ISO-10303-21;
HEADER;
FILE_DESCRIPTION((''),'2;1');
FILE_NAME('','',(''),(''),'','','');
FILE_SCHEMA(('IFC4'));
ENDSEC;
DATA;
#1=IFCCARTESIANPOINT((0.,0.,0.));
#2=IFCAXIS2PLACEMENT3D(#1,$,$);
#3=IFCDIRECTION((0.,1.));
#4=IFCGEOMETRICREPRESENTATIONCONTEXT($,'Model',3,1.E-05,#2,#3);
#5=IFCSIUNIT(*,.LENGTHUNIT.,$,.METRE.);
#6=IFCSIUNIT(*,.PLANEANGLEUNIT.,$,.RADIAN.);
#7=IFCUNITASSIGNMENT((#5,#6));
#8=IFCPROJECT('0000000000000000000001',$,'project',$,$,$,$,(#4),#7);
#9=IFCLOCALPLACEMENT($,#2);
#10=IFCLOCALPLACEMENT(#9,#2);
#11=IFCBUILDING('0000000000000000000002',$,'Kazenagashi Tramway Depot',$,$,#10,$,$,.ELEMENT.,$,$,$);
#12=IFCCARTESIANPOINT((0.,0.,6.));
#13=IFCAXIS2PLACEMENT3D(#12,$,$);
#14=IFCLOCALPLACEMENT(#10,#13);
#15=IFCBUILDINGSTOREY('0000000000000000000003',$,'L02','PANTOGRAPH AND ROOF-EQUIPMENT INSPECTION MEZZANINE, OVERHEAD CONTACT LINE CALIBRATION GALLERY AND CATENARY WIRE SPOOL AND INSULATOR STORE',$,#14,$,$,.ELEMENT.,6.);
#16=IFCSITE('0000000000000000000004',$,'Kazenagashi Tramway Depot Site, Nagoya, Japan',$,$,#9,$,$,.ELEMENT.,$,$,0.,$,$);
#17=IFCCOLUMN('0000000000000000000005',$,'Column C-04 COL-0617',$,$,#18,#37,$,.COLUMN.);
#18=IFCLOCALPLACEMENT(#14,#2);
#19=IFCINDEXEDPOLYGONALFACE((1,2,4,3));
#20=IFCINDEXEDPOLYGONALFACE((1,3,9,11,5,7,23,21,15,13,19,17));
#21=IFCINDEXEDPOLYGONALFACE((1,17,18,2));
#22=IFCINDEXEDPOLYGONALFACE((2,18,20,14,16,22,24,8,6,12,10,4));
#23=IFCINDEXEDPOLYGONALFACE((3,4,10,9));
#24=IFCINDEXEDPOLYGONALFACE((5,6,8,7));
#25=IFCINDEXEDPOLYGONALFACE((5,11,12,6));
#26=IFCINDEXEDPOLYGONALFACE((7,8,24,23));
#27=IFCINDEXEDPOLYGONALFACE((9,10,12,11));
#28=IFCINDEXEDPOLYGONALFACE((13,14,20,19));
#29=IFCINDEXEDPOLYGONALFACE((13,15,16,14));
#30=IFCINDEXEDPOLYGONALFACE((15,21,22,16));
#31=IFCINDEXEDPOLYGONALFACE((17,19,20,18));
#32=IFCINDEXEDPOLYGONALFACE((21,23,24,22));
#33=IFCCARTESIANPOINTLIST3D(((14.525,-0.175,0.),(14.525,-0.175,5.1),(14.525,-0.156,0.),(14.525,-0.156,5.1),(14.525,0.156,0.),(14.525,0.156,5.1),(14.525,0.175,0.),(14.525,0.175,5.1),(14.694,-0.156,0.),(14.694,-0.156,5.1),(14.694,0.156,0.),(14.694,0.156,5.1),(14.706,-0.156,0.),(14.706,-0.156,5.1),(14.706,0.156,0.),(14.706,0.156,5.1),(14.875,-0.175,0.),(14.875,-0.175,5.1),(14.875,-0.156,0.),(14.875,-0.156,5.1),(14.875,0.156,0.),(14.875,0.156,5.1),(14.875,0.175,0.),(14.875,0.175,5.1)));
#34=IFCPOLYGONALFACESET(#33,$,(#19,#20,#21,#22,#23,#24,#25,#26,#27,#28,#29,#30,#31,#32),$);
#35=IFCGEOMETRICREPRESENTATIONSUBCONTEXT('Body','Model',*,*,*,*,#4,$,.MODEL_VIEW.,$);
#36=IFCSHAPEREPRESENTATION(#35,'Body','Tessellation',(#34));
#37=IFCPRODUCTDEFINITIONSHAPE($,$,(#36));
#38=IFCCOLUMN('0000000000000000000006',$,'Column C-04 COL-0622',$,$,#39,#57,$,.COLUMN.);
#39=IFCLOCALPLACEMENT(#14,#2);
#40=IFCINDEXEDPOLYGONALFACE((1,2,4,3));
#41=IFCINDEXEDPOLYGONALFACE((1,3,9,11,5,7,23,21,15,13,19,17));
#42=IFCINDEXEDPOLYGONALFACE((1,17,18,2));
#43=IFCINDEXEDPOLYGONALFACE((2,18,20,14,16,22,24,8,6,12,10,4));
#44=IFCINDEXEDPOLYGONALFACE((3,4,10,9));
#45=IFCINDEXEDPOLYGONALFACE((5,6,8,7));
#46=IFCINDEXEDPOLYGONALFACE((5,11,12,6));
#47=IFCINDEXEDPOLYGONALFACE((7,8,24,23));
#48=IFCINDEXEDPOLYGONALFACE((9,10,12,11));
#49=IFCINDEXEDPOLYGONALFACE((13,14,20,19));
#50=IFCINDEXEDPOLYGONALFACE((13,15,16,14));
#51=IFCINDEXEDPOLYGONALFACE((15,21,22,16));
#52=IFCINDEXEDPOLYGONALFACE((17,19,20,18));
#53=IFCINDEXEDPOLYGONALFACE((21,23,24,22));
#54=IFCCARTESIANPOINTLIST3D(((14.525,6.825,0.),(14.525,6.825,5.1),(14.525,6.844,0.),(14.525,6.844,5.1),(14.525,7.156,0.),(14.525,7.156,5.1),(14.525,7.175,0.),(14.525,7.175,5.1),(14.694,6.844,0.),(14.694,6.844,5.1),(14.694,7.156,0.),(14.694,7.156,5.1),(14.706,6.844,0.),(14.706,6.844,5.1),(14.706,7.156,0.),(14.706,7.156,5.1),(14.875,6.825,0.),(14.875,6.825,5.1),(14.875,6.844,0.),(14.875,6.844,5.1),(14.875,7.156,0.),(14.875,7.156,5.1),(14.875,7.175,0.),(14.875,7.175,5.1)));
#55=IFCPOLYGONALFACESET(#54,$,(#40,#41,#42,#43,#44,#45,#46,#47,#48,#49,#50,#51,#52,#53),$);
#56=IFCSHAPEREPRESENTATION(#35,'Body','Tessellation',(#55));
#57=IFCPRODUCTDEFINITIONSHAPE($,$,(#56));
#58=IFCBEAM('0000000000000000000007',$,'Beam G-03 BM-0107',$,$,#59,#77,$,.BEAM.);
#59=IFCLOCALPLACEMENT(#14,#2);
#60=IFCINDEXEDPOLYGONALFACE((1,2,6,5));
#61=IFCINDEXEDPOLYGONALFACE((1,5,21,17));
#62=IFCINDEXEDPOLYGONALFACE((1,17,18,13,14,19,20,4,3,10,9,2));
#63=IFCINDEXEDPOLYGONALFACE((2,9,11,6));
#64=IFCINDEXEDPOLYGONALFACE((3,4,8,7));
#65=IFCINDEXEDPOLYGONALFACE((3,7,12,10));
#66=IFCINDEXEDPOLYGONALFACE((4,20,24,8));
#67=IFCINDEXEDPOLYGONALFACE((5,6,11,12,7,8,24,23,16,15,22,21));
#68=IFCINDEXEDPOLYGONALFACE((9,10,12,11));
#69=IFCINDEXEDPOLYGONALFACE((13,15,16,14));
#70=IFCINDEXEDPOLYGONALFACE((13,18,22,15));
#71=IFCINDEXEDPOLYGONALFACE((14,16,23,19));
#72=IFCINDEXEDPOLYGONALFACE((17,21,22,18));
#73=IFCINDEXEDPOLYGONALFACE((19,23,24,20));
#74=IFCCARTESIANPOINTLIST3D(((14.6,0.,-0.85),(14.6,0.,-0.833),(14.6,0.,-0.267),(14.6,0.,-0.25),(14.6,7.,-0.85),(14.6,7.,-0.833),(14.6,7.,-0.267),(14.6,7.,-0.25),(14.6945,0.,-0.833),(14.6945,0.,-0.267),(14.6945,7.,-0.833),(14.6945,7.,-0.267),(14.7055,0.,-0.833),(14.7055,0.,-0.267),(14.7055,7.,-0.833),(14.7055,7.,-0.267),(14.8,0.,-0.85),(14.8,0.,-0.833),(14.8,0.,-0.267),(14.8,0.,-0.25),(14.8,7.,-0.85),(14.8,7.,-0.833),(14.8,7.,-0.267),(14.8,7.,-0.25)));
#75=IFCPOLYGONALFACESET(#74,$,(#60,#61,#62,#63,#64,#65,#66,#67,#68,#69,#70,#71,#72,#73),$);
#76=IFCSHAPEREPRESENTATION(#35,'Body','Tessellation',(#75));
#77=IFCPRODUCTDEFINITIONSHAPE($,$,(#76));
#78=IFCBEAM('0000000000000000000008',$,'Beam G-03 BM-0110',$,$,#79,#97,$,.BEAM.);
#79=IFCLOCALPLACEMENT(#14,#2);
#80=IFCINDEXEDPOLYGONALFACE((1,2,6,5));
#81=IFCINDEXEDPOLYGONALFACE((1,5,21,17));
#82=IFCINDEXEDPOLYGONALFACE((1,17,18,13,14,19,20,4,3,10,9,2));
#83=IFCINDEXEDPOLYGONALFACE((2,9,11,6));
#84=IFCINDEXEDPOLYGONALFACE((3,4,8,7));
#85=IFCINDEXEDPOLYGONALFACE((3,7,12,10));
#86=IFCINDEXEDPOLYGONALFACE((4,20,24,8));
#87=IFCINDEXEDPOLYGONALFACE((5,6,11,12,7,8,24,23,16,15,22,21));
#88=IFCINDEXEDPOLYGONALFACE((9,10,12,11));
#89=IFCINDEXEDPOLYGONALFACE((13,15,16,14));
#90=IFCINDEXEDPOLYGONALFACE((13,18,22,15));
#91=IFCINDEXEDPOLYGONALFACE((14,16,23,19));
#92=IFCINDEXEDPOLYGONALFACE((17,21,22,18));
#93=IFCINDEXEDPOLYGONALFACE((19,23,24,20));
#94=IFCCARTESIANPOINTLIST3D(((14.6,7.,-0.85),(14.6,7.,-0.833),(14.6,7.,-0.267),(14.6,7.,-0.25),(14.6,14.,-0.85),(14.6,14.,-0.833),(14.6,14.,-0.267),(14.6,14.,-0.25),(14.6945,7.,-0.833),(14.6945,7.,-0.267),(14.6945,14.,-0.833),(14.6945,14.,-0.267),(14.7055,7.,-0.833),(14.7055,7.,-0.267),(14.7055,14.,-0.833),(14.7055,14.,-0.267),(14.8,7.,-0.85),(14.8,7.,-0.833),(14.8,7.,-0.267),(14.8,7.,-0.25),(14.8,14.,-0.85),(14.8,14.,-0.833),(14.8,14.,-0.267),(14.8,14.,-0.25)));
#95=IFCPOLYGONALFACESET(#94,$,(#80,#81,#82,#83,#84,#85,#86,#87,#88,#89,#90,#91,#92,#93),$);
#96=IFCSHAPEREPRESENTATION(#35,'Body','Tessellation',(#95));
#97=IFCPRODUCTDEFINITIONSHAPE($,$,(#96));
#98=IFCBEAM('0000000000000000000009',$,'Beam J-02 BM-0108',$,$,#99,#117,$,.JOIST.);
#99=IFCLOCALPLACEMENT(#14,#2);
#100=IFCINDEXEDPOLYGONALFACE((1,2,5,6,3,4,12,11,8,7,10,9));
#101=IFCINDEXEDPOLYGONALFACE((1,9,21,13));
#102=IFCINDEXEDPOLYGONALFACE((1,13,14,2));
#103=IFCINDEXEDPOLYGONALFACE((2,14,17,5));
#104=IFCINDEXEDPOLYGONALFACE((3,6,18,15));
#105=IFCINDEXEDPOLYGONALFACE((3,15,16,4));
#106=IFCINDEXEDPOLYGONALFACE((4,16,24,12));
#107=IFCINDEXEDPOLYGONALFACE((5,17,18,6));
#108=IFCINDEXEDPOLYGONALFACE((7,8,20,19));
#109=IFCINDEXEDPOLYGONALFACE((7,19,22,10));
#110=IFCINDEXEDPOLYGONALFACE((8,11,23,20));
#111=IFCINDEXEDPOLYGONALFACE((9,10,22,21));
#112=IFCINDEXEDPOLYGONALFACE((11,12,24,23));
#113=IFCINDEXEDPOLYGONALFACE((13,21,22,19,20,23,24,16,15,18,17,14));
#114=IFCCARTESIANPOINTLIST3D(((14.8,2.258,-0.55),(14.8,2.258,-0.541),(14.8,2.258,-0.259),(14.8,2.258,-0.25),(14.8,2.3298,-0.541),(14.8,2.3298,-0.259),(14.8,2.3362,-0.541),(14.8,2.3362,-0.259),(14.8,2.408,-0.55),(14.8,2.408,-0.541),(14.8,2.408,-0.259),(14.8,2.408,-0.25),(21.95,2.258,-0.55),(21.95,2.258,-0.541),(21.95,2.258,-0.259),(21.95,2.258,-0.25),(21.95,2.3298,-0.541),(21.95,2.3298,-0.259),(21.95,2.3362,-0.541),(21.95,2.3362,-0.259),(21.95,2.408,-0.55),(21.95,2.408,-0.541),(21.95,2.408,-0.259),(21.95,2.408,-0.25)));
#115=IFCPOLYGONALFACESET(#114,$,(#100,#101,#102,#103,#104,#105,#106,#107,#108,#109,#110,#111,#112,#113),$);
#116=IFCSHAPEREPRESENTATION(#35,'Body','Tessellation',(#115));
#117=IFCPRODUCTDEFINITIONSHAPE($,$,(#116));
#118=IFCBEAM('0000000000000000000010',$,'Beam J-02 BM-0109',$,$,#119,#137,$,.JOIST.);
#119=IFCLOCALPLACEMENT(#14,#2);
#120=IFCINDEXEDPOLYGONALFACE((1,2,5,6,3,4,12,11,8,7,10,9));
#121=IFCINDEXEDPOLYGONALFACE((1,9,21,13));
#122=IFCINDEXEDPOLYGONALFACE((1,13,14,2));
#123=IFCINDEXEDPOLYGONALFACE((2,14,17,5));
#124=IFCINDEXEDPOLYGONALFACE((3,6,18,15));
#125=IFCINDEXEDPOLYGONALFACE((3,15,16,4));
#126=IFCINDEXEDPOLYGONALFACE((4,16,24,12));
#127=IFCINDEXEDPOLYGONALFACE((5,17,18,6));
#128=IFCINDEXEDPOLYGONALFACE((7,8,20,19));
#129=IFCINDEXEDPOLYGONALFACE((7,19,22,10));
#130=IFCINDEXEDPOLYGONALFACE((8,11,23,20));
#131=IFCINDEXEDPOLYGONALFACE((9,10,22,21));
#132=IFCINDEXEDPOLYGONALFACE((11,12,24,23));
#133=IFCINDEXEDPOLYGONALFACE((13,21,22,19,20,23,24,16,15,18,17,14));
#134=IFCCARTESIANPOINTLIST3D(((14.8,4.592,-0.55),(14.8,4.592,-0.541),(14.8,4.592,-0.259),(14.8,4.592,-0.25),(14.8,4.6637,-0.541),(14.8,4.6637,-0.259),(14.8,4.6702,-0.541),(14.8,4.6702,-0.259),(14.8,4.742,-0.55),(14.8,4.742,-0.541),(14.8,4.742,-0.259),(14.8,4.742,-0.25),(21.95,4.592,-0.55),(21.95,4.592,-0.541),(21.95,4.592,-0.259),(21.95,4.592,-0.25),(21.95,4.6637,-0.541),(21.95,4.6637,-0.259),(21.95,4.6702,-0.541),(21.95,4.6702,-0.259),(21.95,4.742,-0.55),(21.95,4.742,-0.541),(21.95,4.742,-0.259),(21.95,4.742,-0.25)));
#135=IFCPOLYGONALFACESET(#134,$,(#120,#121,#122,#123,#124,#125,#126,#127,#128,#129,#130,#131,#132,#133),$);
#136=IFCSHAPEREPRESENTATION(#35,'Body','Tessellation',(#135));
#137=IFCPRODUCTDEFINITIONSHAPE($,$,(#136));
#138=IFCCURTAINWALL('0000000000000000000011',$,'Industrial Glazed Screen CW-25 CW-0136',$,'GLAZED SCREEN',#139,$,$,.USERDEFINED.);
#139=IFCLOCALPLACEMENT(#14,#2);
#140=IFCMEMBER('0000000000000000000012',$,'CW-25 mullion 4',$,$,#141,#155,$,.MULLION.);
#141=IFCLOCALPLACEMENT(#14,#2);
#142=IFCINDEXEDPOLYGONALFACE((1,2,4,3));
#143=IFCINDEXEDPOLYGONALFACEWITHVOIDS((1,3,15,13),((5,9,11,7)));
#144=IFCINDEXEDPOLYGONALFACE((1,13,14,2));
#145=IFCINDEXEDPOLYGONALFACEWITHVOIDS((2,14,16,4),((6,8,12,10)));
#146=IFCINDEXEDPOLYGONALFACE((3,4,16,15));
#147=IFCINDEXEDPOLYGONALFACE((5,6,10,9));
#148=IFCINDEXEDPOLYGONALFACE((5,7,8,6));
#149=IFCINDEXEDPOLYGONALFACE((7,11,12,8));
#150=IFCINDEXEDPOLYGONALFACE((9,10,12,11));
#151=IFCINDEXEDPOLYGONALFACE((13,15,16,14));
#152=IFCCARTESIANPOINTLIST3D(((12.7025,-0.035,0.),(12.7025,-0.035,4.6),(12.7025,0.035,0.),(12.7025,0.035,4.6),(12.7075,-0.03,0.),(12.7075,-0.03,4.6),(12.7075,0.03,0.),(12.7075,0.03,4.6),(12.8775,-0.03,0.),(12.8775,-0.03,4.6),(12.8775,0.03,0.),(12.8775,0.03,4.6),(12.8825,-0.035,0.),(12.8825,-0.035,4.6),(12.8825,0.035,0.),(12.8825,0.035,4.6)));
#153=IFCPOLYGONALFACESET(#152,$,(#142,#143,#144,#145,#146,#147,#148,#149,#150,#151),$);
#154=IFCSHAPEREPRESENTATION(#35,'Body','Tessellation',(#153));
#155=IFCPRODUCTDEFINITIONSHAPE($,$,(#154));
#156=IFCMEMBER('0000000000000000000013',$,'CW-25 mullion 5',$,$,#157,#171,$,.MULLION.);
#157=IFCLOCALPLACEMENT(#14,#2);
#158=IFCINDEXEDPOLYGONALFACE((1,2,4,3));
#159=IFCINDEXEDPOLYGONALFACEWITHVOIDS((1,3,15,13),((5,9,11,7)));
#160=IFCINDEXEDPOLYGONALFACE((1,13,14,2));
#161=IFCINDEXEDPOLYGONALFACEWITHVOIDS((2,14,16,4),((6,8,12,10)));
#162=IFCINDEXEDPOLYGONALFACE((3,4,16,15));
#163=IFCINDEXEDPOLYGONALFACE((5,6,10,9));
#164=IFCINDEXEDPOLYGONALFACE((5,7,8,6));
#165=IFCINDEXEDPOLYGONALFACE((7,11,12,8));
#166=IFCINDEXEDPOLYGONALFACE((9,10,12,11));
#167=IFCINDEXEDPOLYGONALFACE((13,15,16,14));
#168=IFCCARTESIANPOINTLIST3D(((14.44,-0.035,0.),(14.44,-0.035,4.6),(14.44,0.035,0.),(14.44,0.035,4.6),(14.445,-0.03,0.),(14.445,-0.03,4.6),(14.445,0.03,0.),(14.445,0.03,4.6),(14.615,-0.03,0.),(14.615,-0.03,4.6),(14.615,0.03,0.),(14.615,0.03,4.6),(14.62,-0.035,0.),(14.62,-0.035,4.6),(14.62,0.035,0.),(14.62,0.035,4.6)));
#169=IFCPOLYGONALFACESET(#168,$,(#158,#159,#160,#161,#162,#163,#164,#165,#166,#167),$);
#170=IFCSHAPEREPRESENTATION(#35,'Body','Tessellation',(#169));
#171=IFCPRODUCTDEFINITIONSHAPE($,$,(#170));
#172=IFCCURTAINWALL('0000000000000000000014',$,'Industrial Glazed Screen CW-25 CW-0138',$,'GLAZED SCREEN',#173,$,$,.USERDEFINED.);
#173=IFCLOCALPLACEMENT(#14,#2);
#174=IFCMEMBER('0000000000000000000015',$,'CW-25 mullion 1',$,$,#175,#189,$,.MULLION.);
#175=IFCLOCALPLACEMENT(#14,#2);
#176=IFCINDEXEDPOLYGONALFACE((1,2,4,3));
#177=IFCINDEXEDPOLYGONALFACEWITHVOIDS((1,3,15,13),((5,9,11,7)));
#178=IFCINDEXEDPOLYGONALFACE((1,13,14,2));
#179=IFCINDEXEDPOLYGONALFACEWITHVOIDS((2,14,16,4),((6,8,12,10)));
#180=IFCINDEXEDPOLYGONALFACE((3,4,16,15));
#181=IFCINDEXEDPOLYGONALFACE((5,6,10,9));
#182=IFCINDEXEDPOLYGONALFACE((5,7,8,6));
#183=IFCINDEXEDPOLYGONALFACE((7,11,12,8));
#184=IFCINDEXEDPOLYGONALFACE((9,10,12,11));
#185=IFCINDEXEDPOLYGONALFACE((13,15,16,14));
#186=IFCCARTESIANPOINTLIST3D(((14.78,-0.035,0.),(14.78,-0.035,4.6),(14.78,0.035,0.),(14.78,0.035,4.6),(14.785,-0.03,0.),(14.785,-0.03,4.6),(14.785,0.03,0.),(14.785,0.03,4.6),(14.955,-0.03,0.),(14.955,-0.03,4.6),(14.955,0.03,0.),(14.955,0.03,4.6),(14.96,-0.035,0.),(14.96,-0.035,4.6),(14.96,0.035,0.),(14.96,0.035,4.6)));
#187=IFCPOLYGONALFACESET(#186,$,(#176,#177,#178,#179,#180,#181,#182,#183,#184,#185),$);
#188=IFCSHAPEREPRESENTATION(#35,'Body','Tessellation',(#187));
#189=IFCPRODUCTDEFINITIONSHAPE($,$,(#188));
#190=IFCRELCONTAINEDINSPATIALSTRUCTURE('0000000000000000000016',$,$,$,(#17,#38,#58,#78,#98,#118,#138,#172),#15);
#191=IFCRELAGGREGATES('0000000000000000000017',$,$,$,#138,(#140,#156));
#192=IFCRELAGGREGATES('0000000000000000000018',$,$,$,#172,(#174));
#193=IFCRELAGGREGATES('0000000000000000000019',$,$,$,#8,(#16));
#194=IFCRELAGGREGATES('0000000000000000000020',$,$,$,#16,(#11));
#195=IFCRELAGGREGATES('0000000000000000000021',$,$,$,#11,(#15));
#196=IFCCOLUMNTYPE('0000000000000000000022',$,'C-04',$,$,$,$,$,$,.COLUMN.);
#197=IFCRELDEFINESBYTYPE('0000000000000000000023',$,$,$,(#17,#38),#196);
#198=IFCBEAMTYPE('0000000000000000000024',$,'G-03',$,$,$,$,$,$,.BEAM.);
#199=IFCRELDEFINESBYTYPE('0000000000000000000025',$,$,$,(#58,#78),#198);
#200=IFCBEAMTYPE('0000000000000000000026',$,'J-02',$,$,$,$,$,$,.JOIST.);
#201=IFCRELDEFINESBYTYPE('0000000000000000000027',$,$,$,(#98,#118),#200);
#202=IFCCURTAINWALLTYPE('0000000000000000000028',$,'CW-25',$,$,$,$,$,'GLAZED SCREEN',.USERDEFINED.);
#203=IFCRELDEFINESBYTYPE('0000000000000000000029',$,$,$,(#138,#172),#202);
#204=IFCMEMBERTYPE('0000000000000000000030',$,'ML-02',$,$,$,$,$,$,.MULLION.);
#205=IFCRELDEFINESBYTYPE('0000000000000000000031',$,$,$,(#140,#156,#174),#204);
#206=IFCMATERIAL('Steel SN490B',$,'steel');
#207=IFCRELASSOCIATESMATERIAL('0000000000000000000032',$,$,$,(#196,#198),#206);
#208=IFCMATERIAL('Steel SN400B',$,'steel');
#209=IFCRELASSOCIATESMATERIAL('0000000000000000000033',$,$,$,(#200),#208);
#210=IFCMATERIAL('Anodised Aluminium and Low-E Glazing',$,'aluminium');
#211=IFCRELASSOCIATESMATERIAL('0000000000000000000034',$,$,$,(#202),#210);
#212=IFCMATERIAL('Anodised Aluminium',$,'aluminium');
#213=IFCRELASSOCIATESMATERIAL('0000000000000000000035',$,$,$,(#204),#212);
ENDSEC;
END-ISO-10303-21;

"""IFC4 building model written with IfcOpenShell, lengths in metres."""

from ifc_helpers import new_model, si_unit, direction, frame, origin, origin_2d, place, context, subcontext, project, spatial, hollow_rectangle, i_section, extrude, material, material_profile, profile_set, type_object, element, aggregate, save


model = new_model("IFC4")

# Units and contexts
model_context = context("Model", 3, precision=1e-05, world=origin(), true_north=direction((0.0, 1.0)))
body_context = subcontext(model_context, "Body", "Model", "MODEL_VIEW")
ifc_project = project(units=[si_unit("LENGTHUNIT", "METRE"), si_unit("PLANEANGLEUNIT", "RADIAN")], contexts=[model_context])

# Site, building, storey
site_placement = place(None, origin())
site = spatial("IfcSite", under=ifc_project, at=site_placement, Name="Kazenagashi Tramway Depot Site, Nagoya, Japan", CompositionType="ELEMENT", RefElevation=0.0)
building_placement = place(site_placement, origin())
building = spatial("IfcBuilding", under=site, at=building_placement, Name="Kazenagashi Tramway Depot", CompositionType="ELEMENT")
storey_placement = place(building_placement, frame((0.0, 0.0, 6.0)))
storey = spatial("IfcBuildingStorey", under=building, at=storey_placement, Name="L02", Description="PANTOGRAPH AND ROOF-EQUIPMENT INSPECTION MEZZANINE, OVERHEAD CONTACT LINE CALIBRATION GALLERY AND CATENARY WIRE SPOOL AND INSULATOR STORE", CompositionType="ELEMENT", Elevation=6.0)

# Columns
ifc_material_1 = material(Name="Steel SN490B", Category="steel")
ifc_material_profile_1 = material_profile(ifc_material_1, i_section(OverallWidth=0.35, OverallDepth=0.35, WebThickness=0.012, FlangeThickness=0.019, at=origin_2d()), Name="H-350x350x12x19")
ifc_profile_set_1 = profile_set([ifc_material_profile_1], Name="Steel SN490B")
column_type = type_object("IfcColumnType", Name="C-04", PredefinedType="COLUMN", material=ifc_profile_set_1)
for number, where, z_axis, x_axis, name in (
    (1, (14.7, 0.0, 0.0), (0.0, 0.0, 1.0), (1.0, 0.0, 0.0), "Column C-04 COL-0617"),
    (2, (14.7, 7.0, 0.0), (0.0, 0.0, 1.0), (1.0, 0.0, 0.0), "Column C-04 COL-0622"),
):
    element("IfcColumn", number, at=place(storey_placement, frame(where, z_axis=z_axis, x_axis=x_axis)), inside=storey, type_object=column_type, Name=name, PredefinedType="COLUMN", context=body_context, shape_type="SweptSolid", body=[
        extrude(i_section(OverallWidth=0.35, OverallDepth=0.35, WebThickness=0.012, FlangeThickness=0.019, at=origin_2d()), origin(), (0.0, 0.0, 1.0), 5.1),
    ])

# Beams
ifc_material_profile_2 = material_profile(ifc_material_1, i_section(OverallWidth=0.2, OverallDepth=0.6, WebThickness=0.011, FlangeThickness=0.017, at=origin_2d()), Name="H-600x200x11x17")
ifc_profile_set_2 = profile_set([ifc_material_profile_2], Name="Steel SN490B")
beam_type_1 = type_object("IfcBeamType", Name="G-03", PredefinedType="BEAM", material=ifc_profile_set_2)
for number, where, z_axis, x_axis, name in (
    (3, (14.7, 0.0, -0.55), (0.0, 1.0, 0.0), (-1.0, 0.0, 0.0), "Beam G-03 BM-0107"),
    (4, (14.7, 7.0, -0.55), (0.0, 1.0, 0.0), (-1.0, 0.0, 0.0), "Beam G-03 BM-0110"),
):
    element("IfcBeam", number, at=place(storey_placement, frame(where, z_axis=z_axis, x_axis=x_axis)), inside=storey, type_object=beam_type_1, Name=name, PredefinedType="BEAM", context=body_context, shape_type="SweptSolid", body=[
        extrude(i_section(OverallWidth=0.2, OverallDepth=0.6, WebThickness=0.011, FlangeThickness=0.017, at=origin_2d()), origin(), (0.0, 0.0, 1.0), 7.0),
    ])
ifc_material_2 = material(Name="Steel SN400B", Category="steel")
ifc_material_profile_3 = material_profile(ifc_material_2, i_section(OverallWidth=0.15, OverallDepth=0.3, WebThickness=0.0065, FlangeThickness=0.009, at=origin_2d()), Name="H-300x150x6.5x9")
ifc_profile_set_3 = profile_set([ifc_material_profile_3], Name="Steel SN400B")
beam_type_2 = type_object("IfcBeamType", Name="J-02", PredefinedType="JOIST", material=ifc_profile_set_3)
for number, where, z_axis, x_axis, name in (
    (5, (14.8, 2.333, -0.4), (1.0, 0.0, 0.0), (0.0, 1.0, 0.0), "Beam J-02 BM-0108"),
    (6, (14.8, 4.667, -0.4), (1.0, 0.0, 0.0), (0.0, 1.0, 0.0), "Beam J-02 BM-0109"),
):
    element("IfcBeam", number, at=place(storey_placement, frame(where, z_axis=z_axis, x_axis=x_axis)), inside=storey, type_object=beam_type_2, Name=name, PredefinedType="JOIST", context=body_context, shape_type="SweptSolid", body=[
        extrude(i_section(OverallWidth=0.15, OverallDepth=0.3, WebThickness=0.0065, FlangeThickness=0.009, at=origin_2d()), origin(), (0.0, 0.0, 1.0), 7.15),
    ])

# Curtain walls, members
ifc_material_3 = material(Name="Anodised Aluminium and Low-E Glazing", Category="aluminium")
curtain_wall_type = type_object("IfcCurtainWallType", Name="CW-25", ElementType="GLAZED SCREEN", PredefinedType="USERDEFINED", material=ifc_material_3)
curtain_wall_1_placement = place(storey_placement, origin())
curtain_wall_1 = element("IfcCurtainWall", 7, at=curtain_wall_1_placement, inside=storey, type_object=curtain_wall_type, Name="Industrial Glazed Screen CW-25 CW-0136", ObjectType="GLAZED SCREEN", PredefinedType="USERDEFINED")
ifc_material_4 = material(Name="Anodised Aluminium", Category="aluminium")
ifc_material_profile_4 = material_profile(ifc_material_4, hollow_rectangle(XDim=0.07, YDim=0.18, WallThickness=0.005, at=origin_2d()), Name="RHS-180x70x5")
ifc_profile_set_4 = profile_set([ifc_material_profile_4], Name="Anodised Aluminium")
member_type_1 = type_object("IfcMemberType", Name="ML-02", PredefinedType="MULLION", material=ifc_profile_set_4)
member_1_placement = place(storey_placement, frame((12.7925, 0.0, 0.0), z_axis=(0.0, 0.0, 1.0), x_axis=(0.0, 1.0, 0.0)))
member_1 = element("IfcMember", 8, at=member_1_placement, type_object=member_type_1, Name="CW-25 mullion 4", PredefinedType="MULLION", context=body_context, shape_type="SweptSolid", body=[
    extrude(hollow_rectangle(XDim=0.07, YDim=0.18, WallThickness=0.005, at=origin_2d()), origin(), (0.0, 0.0, 1.0), 4.6),
])
member_2_placement = place(storey_placement, frame((14.53, 0.0, 0.0), z_axis=(0.0, 0.0, 1.0), x_axis=(0.0, 1.0, 0.0)))
member_2 = element("IfcMember", 9, at=member_2_placement, type_object=member_type_1, Name="CW-25 mullion 5", PredefinedType="MULLION", context=body_context, shape_type="SweptSolid", body=[
    extrude(hollow_rectangle(XDim=0.07, YDim=0.18, WallThickness=0.005, at=origin_2d()), origin(), (0.0, 0.0, 1.0), 4.6),
])
curtain_wall_2_placement = place(storey_placement, origin())
curtain_wall_2 = element("IfcCurtainWall", 10, at=curtain_wall_2_placement, inside=storey, type_object=curtain_wall_type, Name="Industrial Glazed Screen CW-25 CW-0138", ObjectType="GLAZED SCREEN", PredefinedType="USERDEFINED")
member_3_placement = place(storey_placement, frame((14.87, 0.0, 0.0), z_axis=(0.0, 0.0, 1.0), x_axis=(0.0, 1.0, 0.0)))
member_3 = element("IfcMember", 11, at=member_3_placement, type_object=member_type_1, Name="CW-25 mullion 1", PredefinedType="MULLION", context=body_context, shape_type="SweptSolid", body=[
    extrude(hollow_rectangle(XDim=0.07, YDim=0.18, WallThickness=0.005, at=origin_2d()), origin(), (0.0, 0.0, 1.0), 4.6),
])

aggregate(curtain_wall_1, [member_1, member_2])
aggregate(curtain_wall_2, [member_3])

save(model, "model.ifc")
